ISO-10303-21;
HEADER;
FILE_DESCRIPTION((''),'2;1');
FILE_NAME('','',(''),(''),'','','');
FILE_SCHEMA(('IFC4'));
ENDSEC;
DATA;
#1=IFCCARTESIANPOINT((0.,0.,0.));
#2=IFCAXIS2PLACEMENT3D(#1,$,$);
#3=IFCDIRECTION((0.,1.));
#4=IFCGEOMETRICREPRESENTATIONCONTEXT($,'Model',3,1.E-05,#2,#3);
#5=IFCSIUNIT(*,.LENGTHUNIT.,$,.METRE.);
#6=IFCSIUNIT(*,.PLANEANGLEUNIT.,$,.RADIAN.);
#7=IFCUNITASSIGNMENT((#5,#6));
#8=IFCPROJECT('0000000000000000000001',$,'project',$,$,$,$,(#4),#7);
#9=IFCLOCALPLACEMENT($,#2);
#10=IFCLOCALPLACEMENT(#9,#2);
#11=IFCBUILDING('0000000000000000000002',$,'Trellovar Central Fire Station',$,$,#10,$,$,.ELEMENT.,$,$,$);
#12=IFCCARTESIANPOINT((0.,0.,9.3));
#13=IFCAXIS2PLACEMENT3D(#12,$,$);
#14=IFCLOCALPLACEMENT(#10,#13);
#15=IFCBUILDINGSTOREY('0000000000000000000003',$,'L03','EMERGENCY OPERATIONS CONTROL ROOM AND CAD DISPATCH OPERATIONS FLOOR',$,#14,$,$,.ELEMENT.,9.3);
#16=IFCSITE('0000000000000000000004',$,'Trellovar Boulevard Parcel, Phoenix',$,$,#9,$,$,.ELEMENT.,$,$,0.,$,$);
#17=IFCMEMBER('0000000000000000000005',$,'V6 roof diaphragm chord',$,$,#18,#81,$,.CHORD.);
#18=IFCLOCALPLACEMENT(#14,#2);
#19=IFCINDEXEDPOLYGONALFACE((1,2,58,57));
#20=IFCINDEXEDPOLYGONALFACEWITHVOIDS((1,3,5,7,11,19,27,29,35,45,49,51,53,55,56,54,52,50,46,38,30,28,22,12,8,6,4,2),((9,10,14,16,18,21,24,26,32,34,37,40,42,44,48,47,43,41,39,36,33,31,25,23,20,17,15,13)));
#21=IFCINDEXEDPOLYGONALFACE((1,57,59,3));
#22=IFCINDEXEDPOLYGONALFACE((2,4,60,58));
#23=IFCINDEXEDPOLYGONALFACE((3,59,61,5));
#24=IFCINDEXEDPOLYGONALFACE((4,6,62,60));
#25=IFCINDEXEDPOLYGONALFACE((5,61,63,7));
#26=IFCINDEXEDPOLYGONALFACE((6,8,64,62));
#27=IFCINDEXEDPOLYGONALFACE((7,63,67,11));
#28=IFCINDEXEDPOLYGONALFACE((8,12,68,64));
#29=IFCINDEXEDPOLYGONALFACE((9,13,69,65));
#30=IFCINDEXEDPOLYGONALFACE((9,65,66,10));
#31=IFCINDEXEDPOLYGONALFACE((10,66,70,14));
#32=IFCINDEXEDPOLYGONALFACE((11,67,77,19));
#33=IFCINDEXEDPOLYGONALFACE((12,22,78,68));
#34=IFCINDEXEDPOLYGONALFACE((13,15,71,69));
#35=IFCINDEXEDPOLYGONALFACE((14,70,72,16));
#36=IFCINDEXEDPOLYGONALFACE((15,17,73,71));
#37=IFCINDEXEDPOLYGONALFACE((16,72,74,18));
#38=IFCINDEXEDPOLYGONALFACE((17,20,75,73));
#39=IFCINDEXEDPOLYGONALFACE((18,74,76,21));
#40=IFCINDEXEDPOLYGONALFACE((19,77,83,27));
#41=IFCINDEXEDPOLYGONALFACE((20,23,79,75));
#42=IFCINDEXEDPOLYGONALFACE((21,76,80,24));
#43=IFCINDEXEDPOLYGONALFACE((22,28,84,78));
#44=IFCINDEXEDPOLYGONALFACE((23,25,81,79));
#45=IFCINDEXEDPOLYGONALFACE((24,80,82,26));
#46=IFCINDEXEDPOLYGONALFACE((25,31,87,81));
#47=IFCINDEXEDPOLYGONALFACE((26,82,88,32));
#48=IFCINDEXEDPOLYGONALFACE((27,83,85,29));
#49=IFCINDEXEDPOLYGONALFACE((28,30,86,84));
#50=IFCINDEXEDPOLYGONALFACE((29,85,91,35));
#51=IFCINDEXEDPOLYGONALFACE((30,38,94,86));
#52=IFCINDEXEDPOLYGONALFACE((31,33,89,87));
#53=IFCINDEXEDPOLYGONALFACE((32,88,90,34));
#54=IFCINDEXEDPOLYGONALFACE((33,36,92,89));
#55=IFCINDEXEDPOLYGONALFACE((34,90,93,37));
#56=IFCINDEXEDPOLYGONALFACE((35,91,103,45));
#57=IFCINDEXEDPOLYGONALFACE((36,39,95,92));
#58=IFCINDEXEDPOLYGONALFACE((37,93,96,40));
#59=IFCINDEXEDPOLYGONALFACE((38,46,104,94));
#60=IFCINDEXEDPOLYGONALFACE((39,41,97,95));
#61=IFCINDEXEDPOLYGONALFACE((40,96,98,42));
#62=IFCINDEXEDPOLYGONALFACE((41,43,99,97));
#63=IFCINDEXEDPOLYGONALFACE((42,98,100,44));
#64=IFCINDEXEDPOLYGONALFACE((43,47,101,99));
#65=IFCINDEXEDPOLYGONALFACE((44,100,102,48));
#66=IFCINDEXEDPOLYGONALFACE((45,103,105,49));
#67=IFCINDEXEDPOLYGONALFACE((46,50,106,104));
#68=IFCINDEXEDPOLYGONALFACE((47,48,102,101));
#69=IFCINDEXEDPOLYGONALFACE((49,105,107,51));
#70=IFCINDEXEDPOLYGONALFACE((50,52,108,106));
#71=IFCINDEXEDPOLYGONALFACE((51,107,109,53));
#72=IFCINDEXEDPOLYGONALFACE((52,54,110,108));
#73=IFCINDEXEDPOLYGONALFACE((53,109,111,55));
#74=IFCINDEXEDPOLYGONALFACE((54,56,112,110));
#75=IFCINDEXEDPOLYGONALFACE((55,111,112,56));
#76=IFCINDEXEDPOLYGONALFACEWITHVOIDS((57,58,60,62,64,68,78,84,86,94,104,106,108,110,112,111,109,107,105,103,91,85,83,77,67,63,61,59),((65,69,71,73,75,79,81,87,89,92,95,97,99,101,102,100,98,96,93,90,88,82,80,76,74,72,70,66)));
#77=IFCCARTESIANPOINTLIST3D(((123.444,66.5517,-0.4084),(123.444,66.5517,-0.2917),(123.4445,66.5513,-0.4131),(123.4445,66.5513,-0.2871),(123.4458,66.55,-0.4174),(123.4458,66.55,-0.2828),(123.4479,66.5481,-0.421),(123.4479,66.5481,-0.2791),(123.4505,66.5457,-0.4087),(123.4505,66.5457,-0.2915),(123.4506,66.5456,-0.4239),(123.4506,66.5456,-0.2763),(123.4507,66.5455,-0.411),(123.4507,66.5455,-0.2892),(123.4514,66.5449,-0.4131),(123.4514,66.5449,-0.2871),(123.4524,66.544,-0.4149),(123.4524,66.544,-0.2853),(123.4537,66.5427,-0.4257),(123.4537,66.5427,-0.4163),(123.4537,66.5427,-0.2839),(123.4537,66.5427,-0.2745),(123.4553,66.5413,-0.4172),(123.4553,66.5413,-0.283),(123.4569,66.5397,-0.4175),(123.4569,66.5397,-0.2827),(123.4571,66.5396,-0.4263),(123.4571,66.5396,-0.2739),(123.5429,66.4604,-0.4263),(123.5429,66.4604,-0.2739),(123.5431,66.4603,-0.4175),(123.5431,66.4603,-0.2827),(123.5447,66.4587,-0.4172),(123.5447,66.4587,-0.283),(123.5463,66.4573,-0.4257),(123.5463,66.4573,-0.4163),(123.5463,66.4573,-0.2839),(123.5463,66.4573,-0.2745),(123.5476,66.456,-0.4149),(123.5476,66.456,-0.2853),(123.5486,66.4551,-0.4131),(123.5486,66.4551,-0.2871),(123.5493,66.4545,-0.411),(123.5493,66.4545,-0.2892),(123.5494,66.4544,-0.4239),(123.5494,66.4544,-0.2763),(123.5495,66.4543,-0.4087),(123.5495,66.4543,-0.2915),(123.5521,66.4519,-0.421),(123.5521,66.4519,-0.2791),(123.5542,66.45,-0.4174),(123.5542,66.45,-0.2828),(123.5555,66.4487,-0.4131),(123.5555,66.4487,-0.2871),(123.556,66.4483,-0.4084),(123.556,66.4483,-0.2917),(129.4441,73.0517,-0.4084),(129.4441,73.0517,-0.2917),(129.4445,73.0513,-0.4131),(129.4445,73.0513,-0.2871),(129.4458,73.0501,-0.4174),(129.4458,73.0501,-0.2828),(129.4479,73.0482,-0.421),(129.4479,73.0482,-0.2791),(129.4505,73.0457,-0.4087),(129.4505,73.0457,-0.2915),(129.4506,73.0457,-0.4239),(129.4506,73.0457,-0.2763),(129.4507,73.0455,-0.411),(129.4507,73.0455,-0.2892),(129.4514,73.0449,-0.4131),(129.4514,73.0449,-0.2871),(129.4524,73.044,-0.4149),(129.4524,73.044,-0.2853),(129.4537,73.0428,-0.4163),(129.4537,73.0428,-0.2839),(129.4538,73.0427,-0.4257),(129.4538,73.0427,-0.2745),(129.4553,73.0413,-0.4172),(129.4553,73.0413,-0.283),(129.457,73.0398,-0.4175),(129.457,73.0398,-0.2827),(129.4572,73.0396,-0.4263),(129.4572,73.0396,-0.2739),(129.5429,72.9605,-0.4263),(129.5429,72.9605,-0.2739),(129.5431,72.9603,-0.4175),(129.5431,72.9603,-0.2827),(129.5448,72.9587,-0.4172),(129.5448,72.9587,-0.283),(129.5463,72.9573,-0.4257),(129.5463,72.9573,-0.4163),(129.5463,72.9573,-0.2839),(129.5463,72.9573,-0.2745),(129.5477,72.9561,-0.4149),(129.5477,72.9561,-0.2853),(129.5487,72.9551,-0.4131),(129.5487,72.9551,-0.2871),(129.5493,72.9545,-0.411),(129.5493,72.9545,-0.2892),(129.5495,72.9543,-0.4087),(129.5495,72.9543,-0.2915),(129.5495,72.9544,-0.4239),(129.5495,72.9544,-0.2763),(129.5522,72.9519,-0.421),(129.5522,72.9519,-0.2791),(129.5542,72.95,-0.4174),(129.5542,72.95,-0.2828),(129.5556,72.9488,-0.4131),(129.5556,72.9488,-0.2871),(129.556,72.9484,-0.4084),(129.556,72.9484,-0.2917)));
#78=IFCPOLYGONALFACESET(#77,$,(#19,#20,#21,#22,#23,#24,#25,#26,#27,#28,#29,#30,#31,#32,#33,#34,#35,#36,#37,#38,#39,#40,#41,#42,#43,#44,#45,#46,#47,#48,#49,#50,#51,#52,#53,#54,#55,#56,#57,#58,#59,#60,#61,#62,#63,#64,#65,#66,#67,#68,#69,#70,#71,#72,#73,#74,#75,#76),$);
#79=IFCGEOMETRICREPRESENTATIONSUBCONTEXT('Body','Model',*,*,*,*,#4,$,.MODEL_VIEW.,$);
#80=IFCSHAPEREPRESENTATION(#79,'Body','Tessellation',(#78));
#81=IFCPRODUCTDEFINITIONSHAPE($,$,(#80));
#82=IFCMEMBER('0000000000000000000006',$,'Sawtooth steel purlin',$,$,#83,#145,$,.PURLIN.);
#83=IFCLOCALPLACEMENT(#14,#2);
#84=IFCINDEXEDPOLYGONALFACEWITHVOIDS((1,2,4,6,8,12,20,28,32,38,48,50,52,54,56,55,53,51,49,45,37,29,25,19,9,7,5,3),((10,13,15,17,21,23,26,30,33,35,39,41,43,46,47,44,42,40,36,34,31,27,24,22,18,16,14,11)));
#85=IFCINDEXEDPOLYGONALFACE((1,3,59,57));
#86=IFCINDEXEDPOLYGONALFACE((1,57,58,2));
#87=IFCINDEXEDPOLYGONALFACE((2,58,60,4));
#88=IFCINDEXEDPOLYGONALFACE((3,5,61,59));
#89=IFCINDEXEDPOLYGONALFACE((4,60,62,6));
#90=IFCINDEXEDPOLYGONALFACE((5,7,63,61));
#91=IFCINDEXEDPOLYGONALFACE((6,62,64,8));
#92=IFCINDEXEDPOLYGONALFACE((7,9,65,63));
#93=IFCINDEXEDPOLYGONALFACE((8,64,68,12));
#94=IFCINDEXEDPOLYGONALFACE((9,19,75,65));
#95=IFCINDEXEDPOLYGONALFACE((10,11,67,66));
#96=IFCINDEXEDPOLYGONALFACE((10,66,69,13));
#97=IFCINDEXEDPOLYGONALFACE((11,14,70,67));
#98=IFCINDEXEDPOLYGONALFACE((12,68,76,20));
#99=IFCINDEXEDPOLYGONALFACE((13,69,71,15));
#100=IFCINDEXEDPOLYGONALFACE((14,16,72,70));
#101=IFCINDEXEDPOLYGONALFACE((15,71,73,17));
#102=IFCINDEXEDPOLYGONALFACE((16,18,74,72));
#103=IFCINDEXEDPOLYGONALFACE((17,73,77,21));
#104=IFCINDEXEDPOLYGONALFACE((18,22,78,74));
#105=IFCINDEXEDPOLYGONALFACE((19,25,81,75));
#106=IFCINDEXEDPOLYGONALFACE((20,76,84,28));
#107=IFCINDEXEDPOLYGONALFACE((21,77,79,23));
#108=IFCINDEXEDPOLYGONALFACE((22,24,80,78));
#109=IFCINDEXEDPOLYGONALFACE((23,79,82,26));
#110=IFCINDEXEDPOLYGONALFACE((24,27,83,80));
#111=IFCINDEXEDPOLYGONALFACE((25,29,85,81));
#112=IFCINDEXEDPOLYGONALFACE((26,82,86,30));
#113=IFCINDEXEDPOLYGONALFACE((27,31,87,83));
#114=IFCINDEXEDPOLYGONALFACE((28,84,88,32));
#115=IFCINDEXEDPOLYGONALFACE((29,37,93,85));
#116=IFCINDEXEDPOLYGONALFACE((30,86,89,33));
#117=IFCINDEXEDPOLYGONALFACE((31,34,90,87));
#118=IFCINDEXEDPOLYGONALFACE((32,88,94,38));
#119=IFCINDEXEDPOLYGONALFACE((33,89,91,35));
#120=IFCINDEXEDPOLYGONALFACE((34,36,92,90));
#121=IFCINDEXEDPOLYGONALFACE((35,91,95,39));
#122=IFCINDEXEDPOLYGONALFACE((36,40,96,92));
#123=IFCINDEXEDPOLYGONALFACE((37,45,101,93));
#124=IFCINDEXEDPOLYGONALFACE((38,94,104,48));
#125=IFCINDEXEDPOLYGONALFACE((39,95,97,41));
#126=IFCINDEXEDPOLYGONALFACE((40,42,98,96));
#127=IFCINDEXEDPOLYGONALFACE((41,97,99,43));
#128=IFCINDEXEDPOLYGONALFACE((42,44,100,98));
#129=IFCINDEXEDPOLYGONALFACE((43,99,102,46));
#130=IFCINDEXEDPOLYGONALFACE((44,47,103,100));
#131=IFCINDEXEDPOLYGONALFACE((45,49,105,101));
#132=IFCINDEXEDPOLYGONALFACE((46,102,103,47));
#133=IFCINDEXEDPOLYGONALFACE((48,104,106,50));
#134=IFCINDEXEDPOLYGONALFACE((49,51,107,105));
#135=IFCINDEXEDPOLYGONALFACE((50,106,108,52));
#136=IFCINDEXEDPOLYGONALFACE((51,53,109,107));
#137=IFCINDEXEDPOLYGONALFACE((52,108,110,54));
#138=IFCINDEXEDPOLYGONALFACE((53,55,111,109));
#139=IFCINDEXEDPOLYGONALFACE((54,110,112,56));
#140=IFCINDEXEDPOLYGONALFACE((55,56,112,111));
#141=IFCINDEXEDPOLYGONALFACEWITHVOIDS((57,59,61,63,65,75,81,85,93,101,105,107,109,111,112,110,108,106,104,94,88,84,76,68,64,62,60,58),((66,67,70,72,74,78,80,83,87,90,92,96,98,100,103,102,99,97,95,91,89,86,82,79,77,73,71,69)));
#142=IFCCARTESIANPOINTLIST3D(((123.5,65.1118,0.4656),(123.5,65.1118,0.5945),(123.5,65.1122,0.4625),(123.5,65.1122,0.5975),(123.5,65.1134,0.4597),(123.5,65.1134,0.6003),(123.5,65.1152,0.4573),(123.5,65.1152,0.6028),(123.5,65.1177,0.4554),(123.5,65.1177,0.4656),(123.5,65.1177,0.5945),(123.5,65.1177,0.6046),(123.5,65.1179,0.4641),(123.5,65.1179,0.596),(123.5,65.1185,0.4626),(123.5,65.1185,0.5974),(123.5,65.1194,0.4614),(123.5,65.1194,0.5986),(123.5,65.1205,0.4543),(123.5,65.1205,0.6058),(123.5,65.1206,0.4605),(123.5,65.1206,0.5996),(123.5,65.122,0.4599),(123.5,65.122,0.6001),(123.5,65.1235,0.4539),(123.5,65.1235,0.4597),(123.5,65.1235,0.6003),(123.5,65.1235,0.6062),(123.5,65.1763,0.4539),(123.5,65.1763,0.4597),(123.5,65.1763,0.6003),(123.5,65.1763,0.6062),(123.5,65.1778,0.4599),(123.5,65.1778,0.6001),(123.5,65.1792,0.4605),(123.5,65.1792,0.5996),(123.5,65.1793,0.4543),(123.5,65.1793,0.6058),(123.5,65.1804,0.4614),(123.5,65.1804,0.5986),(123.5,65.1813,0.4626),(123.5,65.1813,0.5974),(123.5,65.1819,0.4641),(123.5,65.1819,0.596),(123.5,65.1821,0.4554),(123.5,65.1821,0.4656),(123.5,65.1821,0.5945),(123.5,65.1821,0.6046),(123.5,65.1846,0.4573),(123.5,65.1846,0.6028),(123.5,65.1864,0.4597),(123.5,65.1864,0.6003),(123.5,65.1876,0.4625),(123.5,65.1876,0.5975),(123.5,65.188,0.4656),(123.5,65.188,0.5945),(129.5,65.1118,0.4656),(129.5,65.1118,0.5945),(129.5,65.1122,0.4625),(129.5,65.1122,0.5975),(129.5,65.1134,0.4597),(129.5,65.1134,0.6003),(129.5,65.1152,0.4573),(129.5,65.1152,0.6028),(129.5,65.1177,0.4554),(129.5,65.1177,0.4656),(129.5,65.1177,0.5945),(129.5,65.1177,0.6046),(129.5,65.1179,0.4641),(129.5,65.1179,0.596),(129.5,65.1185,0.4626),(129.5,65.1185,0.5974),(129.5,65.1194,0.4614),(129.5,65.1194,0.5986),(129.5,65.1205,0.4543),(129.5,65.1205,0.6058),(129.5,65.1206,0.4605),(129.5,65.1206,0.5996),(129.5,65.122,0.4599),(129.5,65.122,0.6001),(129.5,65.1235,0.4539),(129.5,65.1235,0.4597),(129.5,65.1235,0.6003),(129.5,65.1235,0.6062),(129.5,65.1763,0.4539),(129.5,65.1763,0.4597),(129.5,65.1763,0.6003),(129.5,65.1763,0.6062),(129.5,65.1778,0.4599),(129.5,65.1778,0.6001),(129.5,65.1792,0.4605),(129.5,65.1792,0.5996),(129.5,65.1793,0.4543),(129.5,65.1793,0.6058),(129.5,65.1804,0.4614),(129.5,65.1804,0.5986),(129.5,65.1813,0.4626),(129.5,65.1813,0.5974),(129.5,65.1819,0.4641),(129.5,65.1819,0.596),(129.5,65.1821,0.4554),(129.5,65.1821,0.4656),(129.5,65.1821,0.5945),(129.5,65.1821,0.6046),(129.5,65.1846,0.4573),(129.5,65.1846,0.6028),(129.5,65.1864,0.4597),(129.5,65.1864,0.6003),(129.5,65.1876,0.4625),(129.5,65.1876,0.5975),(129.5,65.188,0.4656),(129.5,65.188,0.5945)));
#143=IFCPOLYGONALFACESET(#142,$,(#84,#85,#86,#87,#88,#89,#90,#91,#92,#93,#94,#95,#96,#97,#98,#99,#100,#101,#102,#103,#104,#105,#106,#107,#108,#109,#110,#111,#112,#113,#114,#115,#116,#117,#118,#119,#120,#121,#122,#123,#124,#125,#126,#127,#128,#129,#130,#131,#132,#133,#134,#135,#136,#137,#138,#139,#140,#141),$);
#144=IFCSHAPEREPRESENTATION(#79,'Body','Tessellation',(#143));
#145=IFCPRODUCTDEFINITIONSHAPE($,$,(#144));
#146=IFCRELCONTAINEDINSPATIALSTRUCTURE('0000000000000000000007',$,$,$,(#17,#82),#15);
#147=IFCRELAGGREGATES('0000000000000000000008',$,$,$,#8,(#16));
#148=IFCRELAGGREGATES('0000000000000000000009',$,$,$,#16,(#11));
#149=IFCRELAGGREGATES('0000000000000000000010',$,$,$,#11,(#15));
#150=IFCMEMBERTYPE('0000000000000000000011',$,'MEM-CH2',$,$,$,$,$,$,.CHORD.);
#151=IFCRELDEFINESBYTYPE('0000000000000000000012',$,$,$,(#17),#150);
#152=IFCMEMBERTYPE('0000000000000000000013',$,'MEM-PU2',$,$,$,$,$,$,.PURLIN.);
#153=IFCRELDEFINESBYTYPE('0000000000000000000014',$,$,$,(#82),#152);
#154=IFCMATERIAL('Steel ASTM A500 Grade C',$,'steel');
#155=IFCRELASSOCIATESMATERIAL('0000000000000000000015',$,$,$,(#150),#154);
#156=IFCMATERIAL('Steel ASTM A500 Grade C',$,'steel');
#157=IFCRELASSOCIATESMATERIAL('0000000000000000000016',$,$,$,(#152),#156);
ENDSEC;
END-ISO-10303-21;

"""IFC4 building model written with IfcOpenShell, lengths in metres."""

from ifc_helpers import new_model, si_unit, direction, frame, origin, origin_2d, place, context, subcontext, project, spatial, hollow_rectangle, extrude, material, material_profile, profile_set, type_object, element, save


model = new_model("IFC4")

# Units and contexts
model_context = context("Model", 3, precision=1e-05, world=origin(), true_north=direction((0.0, 1.0)))
body_context = subcontext(model_context, "Body", "Model", "MODEL_VIEW")
ifc_project = project(units=[si_unit("LENGTHUNIT", "METRE"), si_unit("PLANEANGLEUNIT", "RADIAN")], contexts=[model_context])

# Site, building, storey
site_placement = place(None, origin())
site = spatial("IfcSite", under=ifc_project, at=site_placement, Name="Trellovar Boulevard Parcel, Phoenix", CompositionType="ELEMENT", RefElevation=0.0)
building_placement = place(site_placement, origin())
building = spatial("IfcBuilding", under=site, at=building_placement, Name="Trellovar Central Fire Station", CompositionType="ELEMENT")
storey_placement = place(building_placement, frame((0.0, 0.0, 9.3)))
storey = spatial("IfcBuildingStorey", under=building, at=storey_placement, Name="L03", Description="EMERGENCY OPERATIONS CONTROL ROOM AND CAD DISPATCH OPERATIONS FLOOR", CompositionType="ELEMENT", Elevation=9.3)

# Members
ifc_material_1 = material(Name="Steel ASTM A500 Grade C", Category="steel")
ifc_material_profile_1 = material_profile(ifc_material_1, hollow_rectangle(XDim=0.1523, YDim=0.1523, WallThickness=0.0088, InnerFilletRadius=0.0088, OuterFilletRadius=0.0178, at=origin_2d()), Name="HSS6X6X3/8")
ifc_profile_set_1 = profile_set([ifc_material_profile_1], Name="Steel ASTM A500 Grade C")
member_type_1 = type_object("IfcMemberType", Name="MEM-CH2", PredefinedType="CHORD", material=ifc_profile_set_1)
member_1_placement = place(storey_placement, frame((123.5, 66.5, -0.3501), z_axis=(0.67828, 0.734803, 0.0), x_axis=(-0.734803, 0.67828, 0.0)))
element("IfcMember", 1, at=member_1_placement, inside=storey, type_object=member_type_1, Name="V6 roof diaphragm chord", PredefinedType="CHORD", context=body_context, shape_type="SweptSolid", body=[
    extrude(hollow_rectangle(XDim=0.1523, YDim=0.1523, WallThickness=0.0088, InnerFilletRadius=0.0088, OuterFilletRadius=0.0178, at=origin_2d()), origin(), (0.0, 0.0, 1.0), 8.8459),
])
ifc_material_2 = material(Name="Steel ASTM A500 Grade C", Category="steel")
ifc_material_profile_2 = material_profile(ifc_material_2, hollow_rectangle(XDim=0.0762, YDim=0.1523, WallThickness=0.0059, InnerFilletRadius=0.0059, OuterFilletRadius=0.0117, at=origin_2d()), Name="HSS6X3X1/4")
ifc_profile_set_2 = profile_set([ifc_material_profile_2], Name="Steel ASTM A500 Grade C")
member_type_2 = type_object("IfcMemberType", Name="MEM-PU2", PredefinedType="PURLIN", material=ifc_profile_set_2)
member_2_placement = place(storey_placement, frame((123.5, 65.1499, 0.53), z_axis=(1.0, 0.0, 0.0), x_axis=(0.0, 1.0, 0.0)))
element("IfcMember", 2, at=member_2_placement, inside=storey, type_object=member_type_2, Name="Sawtooth steel purlin", PredefinedType="PURLIN", context=body_context, shape_type="SweptSolid", body=[
    extrude(hollow_rectangle(XDim=0.0762, YDim=0.1523, WallThickness=0.0059, InnerFilletRadius=0.0059, OuterFilletRadius=0.0117, at=origin_2d()), origin(), (0.0, 0.0, 1.0), 6.0),
])

save(model, "model.ifc")
